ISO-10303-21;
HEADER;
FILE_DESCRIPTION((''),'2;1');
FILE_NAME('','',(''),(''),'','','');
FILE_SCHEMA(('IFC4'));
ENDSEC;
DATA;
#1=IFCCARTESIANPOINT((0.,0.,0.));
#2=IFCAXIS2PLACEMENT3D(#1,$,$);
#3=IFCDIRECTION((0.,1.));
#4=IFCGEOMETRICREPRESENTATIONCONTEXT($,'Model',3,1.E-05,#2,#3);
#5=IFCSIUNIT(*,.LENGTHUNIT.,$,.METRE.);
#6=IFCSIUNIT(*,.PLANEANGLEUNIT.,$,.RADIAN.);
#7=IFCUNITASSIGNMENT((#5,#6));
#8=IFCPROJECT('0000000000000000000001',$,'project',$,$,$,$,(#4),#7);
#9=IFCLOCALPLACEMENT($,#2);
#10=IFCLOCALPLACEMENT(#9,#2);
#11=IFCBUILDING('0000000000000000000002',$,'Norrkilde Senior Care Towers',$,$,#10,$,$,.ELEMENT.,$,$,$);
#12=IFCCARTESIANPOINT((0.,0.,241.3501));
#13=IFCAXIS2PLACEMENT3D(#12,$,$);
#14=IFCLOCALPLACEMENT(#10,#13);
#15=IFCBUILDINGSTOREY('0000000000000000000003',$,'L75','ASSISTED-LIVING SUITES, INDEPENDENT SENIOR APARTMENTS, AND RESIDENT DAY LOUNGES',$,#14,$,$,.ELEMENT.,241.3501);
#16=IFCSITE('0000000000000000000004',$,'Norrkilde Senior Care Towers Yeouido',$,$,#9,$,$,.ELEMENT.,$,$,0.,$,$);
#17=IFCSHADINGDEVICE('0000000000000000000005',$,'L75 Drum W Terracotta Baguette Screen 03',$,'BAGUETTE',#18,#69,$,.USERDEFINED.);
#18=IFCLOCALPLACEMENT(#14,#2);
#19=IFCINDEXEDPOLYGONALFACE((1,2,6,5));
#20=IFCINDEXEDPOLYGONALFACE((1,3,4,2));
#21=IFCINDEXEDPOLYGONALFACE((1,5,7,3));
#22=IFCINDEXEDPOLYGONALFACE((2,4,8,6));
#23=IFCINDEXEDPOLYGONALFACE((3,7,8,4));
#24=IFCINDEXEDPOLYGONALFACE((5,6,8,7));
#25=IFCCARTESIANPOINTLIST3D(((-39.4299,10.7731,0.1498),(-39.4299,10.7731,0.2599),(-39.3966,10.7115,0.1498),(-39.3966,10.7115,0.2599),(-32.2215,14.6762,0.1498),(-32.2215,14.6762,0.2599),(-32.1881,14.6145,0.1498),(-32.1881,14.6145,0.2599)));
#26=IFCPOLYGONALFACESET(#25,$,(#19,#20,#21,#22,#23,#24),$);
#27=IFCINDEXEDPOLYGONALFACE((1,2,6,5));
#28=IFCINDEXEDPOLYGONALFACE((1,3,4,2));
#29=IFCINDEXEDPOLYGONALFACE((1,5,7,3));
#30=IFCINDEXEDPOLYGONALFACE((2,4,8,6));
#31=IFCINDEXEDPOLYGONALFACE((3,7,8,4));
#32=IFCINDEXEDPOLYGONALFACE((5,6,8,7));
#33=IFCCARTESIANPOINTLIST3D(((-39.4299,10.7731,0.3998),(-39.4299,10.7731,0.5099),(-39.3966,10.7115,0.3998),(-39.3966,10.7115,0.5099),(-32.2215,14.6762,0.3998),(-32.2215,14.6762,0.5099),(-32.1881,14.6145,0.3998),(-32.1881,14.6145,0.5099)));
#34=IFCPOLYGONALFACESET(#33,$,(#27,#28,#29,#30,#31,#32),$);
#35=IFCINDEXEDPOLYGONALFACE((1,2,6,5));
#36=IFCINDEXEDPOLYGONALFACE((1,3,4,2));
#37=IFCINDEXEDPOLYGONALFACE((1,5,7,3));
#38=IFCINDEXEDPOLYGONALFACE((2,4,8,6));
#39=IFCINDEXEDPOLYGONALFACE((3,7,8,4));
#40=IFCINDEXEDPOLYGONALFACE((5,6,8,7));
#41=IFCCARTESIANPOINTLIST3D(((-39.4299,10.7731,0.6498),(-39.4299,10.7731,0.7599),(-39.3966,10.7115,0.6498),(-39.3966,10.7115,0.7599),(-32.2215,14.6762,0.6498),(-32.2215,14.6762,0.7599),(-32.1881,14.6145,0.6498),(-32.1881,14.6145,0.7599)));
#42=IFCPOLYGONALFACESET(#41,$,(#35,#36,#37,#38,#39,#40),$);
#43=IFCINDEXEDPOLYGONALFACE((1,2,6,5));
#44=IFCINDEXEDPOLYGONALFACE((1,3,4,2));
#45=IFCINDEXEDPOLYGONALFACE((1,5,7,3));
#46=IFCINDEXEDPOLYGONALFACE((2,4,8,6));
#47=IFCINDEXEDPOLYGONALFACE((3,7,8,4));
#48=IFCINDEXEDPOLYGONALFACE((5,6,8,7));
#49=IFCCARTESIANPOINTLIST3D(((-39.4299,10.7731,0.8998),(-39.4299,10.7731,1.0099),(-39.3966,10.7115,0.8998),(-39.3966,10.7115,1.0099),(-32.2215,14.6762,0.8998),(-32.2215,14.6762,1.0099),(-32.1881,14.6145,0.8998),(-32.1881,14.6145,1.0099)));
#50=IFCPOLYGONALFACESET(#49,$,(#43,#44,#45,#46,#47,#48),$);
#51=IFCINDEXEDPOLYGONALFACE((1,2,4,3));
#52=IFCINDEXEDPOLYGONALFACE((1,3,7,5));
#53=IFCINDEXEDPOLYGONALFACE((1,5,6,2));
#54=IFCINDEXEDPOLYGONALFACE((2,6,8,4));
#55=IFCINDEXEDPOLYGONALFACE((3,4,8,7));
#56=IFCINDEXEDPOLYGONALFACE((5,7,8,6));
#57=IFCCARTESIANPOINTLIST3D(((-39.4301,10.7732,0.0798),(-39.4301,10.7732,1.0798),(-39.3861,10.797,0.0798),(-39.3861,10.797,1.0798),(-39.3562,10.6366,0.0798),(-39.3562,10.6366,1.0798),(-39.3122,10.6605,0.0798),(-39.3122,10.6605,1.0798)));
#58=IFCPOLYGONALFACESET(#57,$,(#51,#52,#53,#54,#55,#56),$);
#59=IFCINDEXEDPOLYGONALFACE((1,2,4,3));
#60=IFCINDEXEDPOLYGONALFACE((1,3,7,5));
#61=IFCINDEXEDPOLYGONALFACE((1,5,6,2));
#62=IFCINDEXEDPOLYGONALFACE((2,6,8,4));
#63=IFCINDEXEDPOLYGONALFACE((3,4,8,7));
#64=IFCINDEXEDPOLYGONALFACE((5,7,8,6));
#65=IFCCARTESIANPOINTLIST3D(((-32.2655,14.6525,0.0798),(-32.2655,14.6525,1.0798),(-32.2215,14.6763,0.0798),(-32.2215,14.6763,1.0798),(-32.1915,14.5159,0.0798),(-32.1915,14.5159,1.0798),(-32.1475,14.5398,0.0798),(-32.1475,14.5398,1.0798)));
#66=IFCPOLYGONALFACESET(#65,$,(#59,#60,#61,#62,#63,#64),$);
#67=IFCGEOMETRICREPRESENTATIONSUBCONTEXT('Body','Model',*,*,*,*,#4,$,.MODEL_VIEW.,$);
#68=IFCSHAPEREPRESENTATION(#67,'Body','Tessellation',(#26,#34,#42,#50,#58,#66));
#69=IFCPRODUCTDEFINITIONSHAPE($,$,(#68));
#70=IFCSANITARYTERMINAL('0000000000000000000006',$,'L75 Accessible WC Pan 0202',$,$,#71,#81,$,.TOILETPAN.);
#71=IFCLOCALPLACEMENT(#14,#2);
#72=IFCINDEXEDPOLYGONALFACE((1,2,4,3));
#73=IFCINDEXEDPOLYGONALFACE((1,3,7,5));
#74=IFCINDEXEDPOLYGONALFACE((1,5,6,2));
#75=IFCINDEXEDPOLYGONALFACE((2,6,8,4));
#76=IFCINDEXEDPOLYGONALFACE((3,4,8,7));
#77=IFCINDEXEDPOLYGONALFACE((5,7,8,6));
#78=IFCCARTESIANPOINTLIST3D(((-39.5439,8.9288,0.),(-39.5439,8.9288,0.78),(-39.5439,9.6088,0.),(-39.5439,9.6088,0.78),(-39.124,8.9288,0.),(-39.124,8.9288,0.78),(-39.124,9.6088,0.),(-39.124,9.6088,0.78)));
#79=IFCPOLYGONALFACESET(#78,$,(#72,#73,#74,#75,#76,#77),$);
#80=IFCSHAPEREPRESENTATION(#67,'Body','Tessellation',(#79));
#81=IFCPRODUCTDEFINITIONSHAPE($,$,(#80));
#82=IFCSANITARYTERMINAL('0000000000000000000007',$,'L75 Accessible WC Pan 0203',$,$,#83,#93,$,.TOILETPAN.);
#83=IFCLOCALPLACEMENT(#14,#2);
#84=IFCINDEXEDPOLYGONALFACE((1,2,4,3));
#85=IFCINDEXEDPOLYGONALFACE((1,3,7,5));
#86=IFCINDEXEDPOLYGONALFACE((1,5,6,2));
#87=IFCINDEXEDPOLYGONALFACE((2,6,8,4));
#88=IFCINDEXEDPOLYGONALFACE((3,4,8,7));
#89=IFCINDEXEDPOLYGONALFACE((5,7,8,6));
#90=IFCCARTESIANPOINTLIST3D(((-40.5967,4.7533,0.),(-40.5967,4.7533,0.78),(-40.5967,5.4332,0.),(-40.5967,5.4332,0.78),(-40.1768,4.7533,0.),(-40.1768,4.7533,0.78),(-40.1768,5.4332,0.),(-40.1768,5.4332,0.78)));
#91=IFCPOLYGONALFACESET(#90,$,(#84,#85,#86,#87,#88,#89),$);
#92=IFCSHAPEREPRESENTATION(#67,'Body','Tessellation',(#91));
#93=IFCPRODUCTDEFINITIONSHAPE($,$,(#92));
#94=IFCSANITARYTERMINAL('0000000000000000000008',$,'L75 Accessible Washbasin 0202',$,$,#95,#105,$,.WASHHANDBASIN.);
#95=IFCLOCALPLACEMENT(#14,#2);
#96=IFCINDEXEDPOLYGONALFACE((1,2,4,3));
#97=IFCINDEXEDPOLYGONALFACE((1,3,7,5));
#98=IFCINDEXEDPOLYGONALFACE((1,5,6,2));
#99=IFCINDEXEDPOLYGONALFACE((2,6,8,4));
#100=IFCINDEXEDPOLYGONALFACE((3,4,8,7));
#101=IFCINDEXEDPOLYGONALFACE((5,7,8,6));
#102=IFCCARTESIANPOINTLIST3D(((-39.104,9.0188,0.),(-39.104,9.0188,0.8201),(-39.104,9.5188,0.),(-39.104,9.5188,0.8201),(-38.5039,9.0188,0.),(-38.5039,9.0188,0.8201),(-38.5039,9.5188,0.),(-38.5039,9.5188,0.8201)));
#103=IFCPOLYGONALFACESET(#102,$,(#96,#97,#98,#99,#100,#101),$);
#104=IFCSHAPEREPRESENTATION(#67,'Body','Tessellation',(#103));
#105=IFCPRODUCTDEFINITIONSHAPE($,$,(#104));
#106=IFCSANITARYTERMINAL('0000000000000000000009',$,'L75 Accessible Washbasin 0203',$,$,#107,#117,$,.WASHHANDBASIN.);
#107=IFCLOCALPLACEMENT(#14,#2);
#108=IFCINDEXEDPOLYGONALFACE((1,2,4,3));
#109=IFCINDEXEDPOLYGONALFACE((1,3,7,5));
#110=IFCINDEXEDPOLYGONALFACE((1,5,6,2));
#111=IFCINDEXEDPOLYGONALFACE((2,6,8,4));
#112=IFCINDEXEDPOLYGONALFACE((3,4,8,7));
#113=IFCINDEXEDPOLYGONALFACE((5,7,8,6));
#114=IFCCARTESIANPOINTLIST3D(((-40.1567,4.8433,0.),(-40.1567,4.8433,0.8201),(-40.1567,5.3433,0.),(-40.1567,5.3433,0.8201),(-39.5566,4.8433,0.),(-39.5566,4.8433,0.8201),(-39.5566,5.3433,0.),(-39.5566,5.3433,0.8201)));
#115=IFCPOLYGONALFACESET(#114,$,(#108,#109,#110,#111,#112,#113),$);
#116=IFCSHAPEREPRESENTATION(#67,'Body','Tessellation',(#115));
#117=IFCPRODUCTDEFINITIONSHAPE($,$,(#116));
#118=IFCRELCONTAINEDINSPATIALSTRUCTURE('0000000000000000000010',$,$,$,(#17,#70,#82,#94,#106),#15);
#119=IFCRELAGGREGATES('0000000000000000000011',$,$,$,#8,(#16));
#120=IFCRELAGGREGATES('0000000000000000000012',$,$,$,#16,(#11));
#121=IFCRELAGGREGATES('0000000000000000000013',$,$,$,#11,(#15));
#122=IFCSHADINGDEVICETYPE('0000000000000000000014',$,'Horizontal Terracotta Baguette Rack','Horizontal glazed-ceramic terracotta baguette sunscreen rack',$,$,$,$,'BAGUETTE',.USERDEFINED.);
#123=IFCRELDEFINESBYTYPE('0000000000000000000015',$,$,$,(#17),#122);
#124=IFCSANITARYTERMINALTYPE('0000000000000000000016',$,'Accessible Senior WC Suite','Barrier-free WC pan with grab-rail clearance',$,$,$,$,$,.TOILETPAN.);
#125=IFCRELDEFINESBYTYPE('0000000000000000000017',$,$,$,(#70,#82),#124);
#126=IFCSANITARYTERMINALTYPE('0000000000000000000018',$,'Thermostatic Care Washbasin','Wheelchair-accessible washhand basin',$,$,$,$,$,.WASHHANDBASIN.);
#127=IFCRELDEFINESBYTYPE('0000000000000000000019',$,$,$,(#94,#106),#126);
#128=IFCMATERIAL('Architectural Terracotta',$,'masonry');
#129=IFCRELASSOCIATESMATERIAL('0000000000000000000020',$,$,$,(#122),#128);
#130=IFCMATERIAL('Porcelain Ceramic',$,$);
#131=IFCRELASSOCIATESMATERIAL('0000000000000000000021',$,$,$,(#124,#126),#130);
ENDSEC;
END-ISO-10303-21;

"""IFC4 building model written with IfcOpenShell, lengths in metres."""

from ifc_helpers import new_model, si_unit, direction, frame, origin, origin_2d, place, context, subcontext, project, spatial, rectangle, extrude, source, transform, mapped, material, type_object, type_shapes, element, save


model = new_model("IFC4")

# Units and contexts
model_context = context("Model", 3, precision=1e-05, world=origin(), true_north=direction((0.0, 1.0)))
body_context = subcontext(model_context, "Body", "Model", "MODEL_VIEW")
ifc_project = project(units=[si_unit("LENGTHUNIT", "METRE"), si_unit("PLANEANGLEUNIT", "RADIAN")], contexts=[model_context])

# Site, building, storey
site_placement = place(None, origin())
site = spatial("IfcSite", under=ifc_project, at=site_placement, Name="Norrkilde Senior Care Towers Yeouido", CompositionType="ELEMENT", RefElevation=0.0)
building_placement = place(site_placement, origin())
building = spatial("IfcBuilding", under=site, at=building_placement, Name="Norrkilde Senior Care Towers", CompositionType="ELEMENT")
storey_placement = place(building_placement, frame((0.0, 0.0, 241.3501)))
storey = spatial("IfcBuildingStorey", under=building, at=storey_placement, Name="L75", Description="ASSISTED-LIVING SUITES, INDEPENDENT SENIOR APARTMENTS, AND RESIDENT DAY LOUNGES", CompositionType="ELEMENT", Elevation=241.3501)

# Shading device
ifc_material_1 = material(Name="Architectural Terracotta", Category="masonry")
shading_device_type = type_object("IfcShadingDeviceType", Name="Horizontal Terracotta Baguette Rack", Description="Horizontal glazed-ceramic terracotta baguette sunscreen rack", ElementType="BAGUETTE", PredefinedType="USERDEFINED", material=ifc_material_1)
shared_shape_1 = source(origin(), body_context, "Body", "SweptSolid", [
    extrude(rectangle(XDim=0.0701, YDim=0.1101, at=origin_2d()), frame((0.0, 0.0901, 0.125), z_axis=(1.0, 0.0, 0.0), x_axis=(0.0, 1.0, 0.0)), (0.0, 0.0, 1.0), 8.1973),
    extrude(rectangle(XDim=0.0701, YDim=0.1101, at=origin_2d()), frame((0.0, 0.0901, 0.375), z_axis=(1.0, 0.0, 0.0), x_axis=(0.0, 1.0, 0.0)), (0.0, 0.0, 1.0), 8.1973),
    extrude(rectangle(XDim=0.0701, YDim=0.1101, at=origin_2d()), frame((0.0, 0.0901, 0.625), z_axis=(1.0, 0.0, 0.0), x_axis=(0.0, 1.0, 0.0)), (0.0, 0.0, 1.0), 8.1973),
    extrude(rectangle(XDim=0.0701, YDim=0.1101, at=origin_2d()), frame((0.0, 0.0901, 0.875), z_axis=(1.0, 0.0, 0.0), x_axis=(0.0, 1.0, 0.0)), (0.0, 0.0, 1.0), 8.1973),
    extrude(rectangle(XDim=0.05, YDim=0.1553, at=origin_2d()), frame((0.0249, 0.0476, 0.0)), (0.0, 0.0, 1.0), 1.0),
    extrude(rectangle(XDim=0.05, YDim=0.1553, at=origin_2d()), frame((8.1724, 0.0476, 0.0)), (0.0, 0.0, 1.0), 1.0),
])
type_shapes(shading_device_type, [shared_shape_1])
shading_device_placement = place(storey_placement, frame((-39.3704, 10.6631, 0.0798), z_axis=(0.0, 0.0, 1.0), x_axis=(0.879378, 0.476144, 0.0)))
element("IfcShadingDevice", 1, at=shading_device_placement, inside=storey, type_object=shading_device_type, Name="L75 Drum W Terracotta Baguette Screen 03", ObjectType="BAGUETTE", PredefinedType="USERDEFINED", context=body_context, shape_type="MappedRepresentation", body=[
    mapped(shared_shape_1, transform((0.0, 0.0, 0.0), x_axis=(1.0, 0.0, 0.0), y_axis=(0.0, 1.0, 0.0), z_axis=(0.0, 0.0, 1.0), scale=1.0)),
])

# Sanitary terminals
ifc_material_2 = material(Name="Porcelain Ceramic")
sanitary_terminal_type_1 = type_object("IfcSanitaryTerminalType", Name="Accessible Senior WC Suite", Description="Barrier-free WC pan with grab-rail clearance", PredefinedType="TOILETPAN", material=ifc_material_2)
shared_shape_2 = source(origin(), body_context, "Body", "SweptSolid", [
    extrude(rectangle(XDim=0.4199, YDim=0.6799, at=origin_2d()), origin(), (0.0, 0.0, 1.0), 0.78),
])
type_shapes(sanitary_terminal_type_1, [shared_shape_2])
for number, where, z_axis, x_axis, name in (
    (2, (-39.334, 9.2688, 0.0), (0.0, 0.0, 1.0), (1.0, 0.0, 0.0), "L75 Accessible WC Pan 0202"),
    (3, (-40.3867, 5.0933, 0.0), (0.0, 0.0, 1.0), (1.0, 0.0, 0.0), "L75 Accessible WC Pan 0203"),
):
    element("IfcSanitaryTerminal", number, at=place(storey_placement, frame(where, z_axis=z_axis, x_axis=x_axis)), inside=storey, type_object=sanitary_terminal_type_1, Name=name, PredefinedType="TOILETPAN", context=body_context, shape_type="MappedRepresentation", body=[
        mapped(shared_shape_2, transform((0.0, 0.0, 0.0), x_axis=(1.0, 0.0, 0.0), y_axis=(0.0, 1.0, 0.0), z_axis=(0.0, 0.0, 1.0), scale=1.0)),
    ])
sanitary_terminal_type_2 = type_object("IfcSanitaryTerminalType", Name="Thermostatic Care Washbasin", Description="Wheelchair-accessible washhand basin", PredefinedType="WASHHANDBASIN", material=ifc_material_2)
shared_shape_3 = source(origin(), body_context, "Body", "SweptSolid", [
    extrude(rectangle(XDim=0.6001, YDim=0.5, at=origin_2d()), origin(), (0.0, 0.0, 1.0), 0.8201),
])
type_shapes(sanitary_terminal_type_2, [shared_shape_3])
for number, where, z_axis, x_axis, name in (
    (4, (-38.804, 9.2688, 0.0), (0.0, 0.0, 1.0), (1.0, 0.0, 0.0), "L75 Accessible Washbasin 0202"),
    (5, (-39.8567, 5.0933, 0.0), (0.0, 0.0, 1.0), (1.0, 0.0, 0.0), "L75 Accessible Washbasin 0203"),
):
    element("IfcSanitaryTerminal", number, at=place(storey_placement, frame(where, z_axis=z_axis, x_axis=x_axis)), inside=storey, type_object=sanitary_terminal_type_2, Name=name, PredefinedType="WASHHANDBASIN", context=body_context, shape_type="MappedRepresentation", body=[
        mapped(shared_shape_3, transform((0.0, 0.0, 0.0), x_axis=(1.0, 0.0, 0.0), y_axis=(0.0, 1.0, 0.0), z_axis=(0.0, 0.0, 1.0), scale=1.0)),
    ])

save(model, "model.ifc")
